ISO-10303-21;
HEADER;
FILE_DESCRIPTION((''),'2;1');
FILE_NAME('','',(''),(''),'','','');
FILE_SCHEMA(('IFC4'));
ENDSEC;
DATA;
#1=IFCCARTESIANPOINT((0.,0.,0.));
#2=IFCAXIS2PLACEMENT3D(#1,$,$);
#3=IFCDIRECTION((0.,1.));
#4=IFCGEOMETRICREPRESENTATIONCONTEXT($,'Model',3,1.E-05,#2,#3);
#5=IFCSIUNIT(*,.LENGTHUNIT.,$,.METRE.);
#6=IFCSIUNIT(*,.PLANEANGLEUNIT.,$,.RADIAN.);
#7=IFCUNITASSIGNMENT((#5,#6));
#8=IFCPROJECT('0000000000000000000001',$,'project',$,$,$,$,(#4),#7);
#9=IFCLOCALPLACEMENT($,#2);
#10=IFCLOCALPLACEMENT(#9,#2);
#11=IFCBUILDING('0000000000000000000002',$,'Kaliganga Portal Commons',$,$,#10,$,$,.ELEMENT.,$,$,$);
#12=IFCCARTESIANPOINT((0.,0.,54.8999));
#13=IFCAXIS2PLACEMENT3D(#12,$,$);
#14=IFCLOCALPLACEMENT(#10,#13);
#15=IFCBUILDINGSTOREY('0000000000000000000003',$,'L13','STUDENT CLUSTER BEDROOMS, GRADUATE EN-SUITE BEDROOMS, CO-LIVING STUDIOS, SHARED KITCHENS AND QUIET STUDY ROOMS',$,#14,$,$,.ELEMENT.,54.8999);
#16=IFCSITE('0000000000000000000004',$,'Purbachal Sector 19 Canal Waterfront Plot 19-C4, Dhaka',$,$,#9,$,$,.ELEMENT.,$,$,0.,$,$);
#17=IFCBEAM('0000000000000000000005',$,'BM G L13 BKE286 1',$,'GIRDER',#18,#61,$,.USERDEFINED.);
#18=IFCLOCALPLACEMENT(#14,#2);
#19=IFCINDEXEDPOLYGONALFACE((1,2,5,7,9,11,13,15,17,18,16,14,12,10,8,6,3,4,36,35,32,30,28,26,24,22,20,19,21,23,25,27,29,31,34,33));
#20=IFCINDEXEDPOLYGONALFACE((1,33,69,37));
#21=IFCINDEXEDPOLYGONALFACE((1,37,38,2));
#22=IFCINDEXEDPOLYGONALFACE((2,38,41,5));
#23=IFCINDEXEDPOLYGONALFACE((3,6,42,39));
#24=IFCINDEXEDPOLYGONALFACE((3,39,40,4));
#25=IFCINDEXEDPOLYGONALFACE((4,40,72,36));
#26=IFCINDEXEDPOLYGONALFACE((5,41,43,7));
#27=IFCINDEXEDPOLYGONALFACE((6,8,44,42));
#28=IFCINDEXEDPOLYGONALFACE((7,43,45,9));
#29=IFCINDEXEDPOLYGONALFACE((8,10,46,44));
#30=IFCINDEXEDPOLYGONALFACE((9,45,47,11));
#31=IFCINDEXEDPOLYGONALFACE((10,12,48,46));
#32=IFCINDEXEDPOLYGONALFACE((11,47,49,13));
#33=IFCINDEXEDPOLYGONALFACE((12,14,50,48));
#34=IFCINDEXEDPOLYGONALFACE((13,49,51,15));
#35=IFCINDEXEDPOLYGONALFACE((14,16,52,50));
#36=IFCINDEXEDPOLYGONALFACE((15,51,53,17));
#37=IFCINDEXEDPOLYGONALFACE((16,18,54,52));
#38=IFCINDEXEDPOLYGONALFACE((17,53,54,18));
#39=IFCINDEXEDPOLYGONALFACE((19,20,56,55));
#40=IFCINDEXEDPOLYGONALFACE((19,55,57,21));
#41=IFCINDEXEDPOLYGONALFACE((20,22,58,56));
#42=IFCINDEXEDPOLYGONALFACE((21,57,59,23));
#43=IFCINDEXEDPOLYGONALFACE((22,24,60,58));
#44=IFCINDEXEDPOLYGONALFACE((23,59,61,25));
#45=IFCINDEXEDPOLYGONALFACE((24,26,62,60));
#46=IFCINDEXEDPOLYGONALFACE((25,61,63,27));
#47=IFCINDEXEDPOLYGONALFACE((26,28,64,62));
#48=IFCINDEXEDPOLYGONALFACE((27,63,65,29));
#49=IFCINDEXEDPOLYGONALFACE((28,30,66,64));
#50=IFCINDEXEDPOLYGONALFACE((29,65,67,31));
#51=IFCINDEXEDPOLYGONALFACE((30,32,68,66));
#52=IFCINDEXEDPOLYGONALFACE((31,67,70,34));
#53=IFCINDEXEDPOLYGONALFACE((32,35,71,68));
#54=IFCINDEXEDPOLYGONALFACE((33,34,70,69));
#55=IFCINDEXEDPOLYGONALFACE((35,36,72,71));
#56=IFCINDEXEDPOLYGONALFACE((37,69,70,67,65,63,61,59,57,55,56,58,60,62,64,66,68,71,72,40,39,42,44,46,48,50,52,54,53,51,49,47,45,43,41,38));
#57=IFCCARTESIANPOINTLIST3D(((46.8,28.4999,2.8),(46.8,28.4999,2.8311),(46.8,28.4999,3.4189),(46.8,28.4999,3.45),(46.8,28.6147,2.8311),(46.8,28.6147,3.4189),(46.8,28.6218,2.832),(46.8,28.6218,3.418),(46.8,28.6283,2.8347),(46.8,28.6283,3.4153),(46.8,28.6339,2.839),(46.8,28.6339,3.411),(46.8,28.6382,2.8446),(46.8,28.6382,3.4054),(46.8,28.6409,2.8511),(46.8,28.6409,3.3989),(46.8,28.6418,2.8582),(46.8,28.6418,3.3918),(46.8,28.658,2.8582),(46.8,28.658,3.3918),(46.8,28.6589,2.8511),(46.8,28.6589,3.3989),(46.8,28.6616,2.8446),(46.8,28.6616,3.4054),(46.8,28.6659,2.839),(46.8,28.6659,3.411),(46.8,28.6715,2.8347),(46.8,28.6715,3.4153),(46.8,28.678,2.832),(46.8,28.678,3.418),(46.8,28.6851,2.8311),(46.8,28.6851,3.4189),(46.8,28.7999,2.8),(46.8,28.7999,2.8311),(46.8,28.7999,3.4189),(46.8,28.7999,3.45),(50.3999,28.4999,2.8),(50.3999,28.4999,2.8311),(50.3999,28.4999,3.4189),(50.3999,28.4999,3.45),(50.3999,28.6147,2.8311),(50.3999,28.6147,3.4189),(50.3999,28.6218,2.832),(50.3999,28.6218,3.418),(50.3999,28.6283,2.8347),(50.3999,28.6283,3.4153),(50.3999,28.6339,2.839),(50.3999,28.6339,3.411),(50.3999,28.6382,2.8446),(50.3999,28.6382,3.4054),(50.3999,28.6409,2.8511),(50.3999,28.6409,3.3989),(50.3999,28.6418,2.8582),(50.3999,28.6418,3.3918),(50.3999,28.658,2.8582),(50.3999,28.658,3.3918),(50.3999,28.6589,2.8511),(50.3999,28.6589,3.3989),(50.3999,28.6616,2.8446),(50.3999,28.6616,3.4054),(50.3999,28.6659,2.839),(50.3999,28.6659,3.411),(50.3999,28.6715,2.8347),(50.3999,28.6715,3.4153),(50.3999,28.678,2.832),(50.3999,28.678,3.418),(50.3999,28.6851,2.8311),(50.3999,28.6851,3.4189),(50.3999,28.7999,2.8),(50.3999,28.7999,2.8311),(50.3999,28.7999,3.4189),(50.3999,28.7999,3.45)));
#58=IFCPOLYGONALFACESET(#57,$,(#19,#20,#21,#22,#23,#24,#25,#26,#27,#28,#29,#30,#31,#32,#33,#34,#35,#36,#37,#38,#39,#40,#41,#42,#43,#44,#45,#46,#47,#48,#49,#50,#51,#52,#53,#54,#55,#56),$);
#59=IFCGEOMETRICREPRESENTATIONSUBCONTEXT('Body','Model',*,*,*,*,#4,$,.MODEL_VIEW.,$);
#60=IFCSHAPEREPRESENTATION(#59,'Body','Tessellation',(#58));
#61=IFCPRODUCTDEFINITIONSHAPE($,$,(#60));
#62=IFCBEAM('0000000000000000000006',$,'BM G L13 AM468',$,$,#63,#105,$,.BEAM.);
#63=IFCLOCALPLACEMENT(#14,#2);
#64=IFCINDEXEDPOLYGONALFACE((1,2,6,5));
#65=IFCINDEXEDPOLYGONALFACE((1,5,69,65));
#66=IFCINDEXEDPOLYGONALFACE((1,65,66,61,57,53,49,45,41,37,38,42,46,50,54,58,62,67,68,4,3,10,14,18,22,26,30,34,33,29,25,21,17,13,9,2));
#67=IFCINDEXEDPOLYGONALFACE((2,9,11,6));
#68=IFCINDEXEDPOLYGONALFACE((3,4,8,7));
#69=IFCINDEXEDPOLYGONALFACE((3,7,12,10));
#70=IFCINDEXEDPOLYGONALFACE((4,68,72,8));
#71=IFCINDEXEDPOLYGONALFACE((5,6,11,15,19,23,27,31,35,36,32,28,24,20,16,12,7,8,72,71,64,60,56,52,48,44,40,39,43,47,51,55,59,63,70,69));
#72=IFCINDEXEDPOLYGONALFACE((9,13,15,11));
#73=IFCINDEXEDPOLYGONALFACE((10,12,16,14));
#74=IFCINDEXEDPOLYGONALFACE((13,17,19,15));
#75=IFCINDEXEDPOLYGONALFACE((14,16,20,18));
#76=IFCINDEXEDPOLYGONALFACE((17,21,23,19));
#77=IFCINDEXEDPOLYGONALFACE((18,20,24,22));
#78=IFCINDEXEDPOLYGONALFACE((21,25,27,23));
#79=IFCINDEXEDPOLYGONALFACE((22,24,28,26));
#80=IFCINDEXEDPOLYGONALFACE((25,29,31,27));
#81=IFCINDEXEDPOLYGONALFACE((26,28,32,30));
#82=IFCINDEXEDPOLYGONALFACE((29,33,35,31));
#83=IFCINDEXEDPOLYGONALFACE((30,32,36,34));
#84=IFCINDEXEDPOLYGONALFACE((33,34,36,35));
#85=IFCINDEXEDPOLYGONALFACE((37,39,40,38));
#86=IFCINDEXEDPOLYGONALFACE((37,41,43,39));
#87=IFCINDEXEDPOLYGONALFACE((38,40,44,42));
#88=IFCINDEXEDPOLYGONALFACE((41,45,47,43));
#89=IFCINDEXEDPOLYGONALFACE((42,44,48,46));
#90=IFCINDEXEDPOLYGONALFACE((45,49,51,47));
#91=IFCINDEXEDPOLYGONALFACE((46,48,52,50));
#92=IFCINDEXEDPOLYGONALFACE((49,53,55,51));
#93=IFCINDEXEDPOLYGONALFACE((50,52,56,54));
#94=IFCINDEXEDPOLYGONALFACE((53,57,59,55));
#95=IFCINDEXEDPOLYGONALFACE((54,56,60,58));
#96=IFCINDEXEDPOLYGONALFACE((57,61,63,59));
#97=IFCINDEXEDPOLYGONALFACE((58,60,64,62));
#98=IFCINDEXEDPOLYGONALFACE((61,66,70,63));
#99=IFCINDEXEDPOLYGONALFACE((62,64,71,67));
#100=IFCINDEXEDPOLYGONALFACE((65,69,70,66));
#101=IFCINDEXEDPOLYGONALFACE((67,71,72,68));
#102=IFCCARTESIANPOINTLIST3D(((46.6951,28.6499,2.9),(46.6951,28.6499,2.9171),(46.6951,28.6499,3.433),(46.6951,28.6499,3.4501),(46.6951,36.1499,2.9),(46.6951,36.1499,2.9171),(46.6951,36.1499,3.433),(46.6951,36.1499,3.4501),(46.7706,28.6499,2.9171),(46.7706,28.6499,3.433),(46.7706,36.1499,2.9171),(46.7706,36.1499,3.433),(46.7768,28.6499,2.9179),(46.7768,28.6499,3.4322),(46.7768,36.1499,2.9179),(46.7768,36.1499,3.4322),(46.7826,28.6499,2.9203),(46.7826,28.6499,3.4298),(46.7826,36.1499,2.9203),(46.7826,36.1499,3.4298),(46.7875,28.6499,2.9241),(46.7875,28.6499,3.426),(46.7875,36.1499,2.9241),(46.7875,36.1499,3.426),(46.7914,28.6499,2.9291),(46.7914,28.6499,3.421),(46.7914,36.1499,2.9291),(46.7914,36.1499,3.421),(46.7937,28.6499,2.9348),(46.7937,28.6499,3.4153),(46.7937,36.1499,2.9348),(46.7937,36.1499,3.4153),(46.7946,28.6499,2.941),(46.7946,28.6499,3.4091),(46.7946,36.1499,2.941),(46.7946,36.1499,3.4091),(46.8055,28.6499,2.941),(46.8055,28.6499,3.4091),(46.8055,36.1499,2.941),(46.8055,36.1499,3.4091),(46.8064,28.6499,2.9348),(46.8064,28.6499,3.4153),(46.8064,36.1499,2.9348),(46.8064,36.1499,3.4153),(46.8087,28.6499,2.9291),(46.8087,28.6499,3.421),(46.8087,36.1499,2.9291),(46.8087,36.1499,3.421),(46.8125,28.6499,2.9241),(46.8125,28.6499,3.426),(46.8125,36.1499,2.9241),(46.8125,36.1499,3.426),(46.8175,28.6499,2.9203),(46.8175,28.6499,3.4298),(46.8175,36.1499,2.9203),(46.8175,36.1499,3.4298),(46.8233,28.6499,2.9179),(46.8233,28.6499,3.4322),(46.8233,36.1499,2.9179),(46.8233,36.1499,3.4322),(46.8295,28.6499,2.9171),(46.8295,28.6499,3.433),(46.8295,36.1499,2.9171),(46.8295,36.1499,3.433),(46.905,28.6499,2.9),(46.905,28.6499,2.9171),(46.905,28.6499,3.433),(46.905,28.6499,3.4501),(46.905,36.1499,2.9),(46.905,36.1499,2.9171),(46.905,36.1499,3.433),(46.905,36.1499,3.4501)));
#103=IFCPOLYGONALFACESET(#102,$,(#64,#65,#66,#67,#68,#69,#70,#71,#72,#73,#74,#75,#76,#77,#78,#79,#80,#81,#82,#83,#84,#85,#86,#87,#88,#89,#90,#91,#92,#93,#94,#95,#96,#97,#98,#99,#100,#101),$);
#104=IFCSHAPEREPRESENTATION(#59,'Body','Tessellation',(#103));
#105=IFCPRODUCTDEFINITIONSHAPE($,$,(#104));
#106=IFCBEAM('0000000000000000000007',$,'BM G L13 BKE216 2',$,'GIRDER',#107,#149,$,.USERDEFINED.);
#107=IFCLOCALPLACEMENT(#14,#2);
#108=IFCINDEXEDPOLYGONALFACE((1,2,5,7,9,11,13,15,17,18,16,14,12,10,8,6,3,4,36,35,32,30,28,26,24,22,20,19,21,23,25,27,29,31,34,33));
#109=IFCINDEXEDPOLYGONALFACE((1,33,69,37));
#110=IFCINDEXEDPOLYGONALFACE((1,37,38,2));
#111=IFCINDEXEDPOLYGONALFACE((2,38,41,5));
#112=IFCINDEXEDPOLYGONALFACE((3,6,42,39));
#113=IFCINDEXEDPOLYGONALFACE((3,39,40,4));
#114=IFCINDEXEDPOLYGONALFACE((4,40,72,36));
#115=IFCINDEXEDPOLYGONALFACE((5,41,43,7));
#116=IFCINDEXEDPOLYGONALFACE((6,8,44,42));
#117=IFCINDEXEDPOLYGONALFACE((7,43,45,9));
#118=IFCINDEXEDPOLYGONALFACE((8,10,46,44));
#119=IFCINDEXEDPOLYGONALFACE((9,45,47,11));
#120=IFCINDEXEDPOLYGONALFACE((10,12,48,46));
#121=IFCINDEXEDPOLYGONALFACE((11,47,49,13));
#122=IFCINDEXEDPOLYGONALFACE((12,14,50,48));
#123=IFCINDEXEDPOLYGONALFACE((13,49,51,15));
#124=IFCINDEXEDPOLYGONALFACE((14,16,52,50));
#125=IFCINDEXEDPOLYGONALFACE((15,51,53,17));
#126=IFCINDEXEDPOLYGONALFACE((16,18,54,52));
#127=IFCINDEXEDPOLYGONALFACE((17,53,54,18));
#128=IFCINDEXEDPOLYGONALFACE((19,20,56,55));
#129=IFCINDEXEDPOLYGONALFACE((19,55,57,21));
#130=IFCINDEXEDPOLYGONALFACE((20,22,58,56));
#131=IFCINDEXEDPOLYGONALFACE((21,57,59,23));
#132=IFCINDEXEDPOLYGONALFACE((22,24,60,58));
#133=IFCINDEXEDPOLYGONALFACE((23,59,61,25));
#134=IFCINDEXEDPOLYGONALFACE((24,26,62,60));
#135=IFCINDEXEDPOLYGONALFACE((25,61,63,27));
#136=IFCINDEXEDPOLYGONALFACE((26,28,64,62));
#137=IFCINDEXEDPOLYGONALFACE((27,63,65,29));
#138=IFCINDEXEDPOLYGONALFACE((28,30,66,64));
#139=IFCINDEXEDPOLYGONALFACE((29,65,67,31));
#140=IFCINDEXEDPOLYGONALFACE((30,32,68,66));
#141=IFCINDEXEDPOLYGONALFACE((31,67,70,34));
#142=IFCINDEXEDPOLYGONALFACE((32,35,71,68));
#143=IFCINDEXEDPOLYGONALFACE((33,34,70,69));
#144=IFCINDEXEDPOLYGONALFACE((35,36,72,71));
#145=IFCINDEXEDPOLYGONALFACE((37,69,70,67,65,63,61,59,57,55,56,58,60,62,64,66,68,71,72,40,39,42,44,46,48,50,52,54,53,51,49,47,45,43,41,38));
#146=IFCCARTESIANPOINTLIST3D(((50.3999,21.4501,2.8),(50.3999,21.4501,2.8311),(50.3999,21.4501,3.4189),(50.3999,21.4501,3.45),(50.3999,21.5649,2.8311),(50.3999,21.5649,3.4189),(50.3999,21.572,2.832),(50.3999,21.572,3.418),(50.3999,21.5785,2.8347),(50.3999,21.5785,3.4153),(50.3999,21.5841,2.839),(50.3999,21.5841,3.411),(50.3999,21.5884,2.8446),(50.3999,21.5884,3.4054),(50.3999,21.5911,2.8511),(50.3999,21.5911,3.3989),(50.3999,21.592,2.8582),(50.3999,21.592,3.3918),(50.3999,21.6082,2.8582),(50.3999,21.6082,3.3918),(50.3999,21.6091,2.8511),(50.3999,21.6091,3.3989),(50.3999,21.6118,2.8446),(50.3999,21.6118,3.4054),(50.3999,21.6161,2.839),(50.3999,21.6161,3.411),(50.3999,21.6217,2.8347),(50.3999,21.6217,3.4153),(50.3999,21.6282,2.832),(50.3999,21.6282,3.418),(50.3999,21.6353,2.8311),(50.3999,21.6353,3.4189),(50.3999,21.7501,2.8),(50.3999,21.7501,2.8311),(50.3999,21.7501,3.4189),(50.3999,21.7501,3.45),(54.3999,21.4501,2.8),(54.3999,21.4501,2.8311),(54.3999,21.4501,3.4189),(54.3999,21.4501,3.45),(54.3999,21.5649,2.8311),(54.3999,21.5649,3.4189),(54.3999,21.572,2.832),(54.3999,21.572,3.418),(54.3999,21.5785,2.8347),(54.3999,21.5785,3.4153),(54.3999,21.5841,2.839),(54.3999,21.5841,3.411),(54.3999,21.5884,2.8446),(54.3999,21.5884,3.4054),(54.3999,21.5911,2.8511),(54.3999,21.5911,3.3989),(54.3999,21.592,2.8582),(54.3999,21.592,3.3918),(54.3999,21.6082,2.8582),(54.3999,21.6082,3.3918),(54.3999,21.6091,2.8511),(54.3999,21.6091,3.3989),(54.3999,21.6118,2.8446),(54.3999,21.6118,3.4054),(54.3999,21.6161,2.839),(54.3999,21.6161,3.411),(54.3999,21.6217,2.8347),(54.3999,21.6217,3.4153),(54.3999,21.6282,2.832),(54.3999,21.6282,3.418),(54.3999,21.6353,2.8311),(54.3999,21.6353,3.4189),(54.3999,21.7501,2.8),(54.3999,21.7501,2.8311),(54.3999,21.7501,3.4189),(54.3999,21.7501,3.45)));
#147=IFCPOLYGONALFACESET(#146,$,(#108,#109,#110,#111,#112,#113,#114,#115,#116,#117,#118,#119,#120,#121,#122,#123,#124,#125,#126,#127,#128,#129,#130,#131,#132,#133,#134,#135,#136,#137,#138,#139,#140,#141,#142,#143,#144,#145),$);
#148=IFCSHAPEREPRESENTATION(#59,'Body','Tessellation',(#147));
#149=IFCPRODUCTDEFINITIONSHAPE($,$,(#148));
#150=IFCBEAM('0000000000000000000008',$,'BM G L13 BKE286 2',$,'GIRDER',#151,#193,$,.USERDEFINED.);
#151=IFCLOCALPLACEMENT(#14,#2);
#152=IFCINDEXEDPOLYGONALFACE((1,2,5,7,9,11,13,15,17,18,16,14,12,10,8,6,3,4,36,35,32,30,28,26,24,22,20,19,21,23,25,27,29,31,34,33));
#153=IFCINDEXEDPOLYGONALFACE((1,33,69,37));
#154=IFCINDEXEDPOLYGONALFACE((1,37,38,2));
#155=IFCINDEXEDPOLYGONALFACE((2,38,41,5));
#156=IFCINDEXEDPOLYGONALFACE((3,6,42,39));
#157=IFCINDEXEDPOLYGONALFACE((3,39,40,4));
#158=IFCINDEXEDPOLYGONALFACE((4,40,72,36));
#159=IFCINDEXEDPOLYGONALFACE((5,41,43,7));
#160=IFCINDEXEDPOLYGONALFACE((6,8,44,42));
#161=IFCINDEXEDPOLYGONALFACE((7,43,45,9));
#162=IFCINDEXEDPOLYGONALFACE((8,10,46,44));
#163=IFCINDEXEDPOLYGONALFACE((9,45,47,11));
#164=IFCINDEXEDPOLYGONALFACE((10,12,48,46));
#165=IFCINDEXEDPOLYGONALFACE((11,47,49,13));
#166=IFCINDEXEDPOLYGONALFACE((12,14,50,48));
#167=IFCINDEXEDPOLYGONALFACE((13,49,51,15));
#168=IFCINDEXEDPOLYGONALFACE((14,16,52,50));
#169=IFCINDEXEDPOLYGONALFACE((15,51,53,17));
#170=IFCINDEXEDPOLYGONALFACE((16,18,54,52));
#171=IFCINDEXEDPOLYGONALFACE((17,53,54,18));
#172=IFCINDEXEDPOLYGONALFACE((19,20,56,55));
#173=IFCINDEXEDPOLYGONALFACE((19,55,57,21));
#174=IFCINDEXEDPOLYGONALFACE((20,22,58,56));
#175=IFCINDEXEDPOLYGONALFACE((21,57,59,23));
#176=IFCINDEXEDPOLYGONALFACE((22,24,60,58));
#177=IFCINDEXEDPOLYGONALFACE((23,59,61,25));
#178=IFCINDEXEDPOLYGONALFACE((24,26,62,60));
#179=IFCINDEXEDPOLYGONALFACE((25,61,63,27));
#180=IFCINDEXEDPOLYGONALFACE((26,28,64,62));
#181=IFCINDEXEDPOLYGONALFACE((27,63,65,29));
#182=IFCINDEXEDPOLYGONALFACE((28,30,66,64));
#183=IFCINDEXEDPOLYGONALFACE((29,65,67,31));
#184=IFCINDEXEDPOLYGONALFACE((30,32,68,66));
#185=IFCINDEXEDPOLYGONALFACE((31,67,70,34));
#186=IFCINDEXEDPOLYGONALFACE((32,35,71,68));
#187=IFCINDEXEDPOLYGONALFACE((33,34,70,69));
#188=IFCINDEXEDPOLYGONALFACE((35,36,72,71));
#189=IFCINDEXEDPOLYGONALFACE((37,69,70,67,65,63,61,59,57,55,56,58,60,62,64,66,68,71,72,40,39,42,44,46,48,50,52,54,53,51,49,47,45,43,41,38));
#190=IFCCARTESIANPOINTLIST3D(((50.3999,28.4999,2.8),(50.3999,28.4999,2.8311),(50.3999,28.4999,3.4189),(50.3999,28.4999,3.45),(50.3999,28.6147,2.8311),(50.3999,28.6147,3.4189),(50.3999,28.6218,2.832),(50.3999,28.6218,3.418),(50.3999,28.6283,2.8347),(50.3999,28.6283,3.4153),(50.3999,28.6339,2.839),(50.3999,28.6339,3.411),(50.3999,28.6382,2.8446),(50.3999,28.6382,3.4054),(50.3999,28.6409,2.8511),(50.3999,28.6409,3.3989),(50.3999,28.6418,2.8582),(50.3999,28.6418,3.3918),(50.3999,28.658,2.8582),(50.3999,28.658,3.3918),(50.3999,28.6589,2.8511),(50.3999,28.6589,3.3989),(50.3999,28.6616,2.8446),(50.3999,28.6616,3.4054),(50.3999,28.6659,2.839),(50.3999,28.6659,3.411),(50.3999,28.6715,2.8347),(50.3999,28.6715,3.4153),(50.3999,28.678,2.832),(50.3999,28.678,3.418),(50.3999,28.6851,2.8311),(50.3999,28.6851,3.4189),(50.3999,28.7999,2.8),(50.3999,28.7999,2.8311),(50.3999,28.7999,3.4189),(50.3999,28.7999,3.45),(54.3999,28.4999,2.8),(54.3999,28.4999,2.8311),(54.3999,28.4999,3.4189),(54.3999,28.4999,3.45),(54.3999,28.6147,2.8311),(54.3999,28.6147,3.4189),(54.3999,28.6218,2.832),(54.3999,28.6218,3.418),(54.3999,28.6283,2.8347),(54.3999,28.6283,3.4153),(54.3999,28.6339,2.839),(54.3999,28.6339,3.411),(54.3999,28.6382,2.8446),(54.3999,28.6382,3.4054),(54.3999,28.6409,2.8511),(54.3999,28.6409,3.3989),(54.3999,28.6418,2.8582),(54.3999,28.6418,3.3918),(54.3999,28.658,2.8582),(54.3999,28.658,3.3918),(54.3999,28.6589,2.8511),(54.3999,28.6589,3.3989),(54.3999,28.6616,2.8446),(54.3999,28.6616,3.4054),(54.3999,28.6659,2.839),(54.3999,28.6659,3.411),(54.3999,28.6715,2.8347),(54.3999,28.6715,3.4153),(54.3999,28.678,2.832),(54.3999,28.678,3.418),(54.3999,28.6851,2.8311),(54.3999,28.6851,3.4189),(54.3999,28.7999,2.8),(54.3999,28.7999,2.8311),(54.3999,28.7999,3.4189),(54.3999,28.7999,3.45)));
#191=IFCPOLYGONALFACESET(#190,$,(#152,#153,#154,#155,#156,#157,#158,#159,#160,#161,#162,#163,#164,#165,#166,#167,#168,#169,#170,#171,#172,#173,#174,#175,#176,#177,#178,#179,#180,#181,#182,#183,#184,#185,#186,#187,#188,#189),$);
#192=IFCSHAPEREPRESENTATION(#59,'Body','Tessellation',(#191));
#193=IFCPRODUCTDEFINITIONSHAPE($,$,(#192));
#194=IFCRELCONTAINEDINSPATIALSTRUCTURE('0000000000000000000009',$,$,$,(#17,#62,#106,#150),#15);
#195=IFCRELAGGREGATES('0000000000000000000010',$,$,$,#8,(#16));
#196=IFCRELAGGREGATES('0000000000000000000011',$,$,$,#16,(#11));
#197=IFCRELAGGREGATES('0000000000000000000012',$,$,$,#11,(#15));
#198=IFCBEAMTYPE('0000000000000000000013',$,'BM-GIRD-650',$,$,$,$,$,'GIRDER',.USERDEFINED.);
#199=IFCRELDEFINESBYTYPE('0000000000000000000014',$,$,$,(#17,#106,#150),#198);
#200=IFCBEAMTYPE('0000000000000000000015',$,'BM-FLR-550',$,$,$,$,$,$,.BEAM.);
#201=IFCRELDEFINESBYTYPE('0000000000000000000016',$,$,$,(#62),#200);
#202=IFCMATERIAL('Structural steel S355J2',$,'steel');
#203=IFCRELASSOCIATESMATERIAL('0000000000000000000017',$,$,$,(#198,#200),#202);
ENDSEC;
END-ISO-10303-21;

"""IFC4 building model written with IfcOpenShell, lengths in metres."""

from ifc_helpers import new_model, si_unit, direction, frame, origin, origin_2d, place, context, subcontext, project, spatial, i_section, extrude, source, transform, mapped, material, material_profile, profile_set, type_object, element, save


model = new_model("IFC4")

# Units and contexts
model_context = context("Model", 3, precision=1e-05, world=origin(), true_north=direction((0.0, 1.0)))
body_context = subcontext(model_context, "Body", "Model", "MODEL_VIEW")
ifc_project = project(units=[si_unit("LENGTHUNIT", "METRE"), si_unit("PLANEANGLEUNIT", "RADIAN")], contexts=[model_context])

# Site, building, storey
site_placement = place(None, origin())
site = spatial("IfcSite", under=ifc_project, at=site_placement, Name="Purbachal Sector 19 Canal Waterfront Plot 19-C4, Dhaka", CompositionType="ELEMENT", RefElevation=0.0)
building_placement = place(site_placement, origin())
building = spatial("IfcBuilding", under=site, at=building_placement, Name="Kaliganga Portal Commons", CompositionType="ELEMENT")
storey_placement = place(building_placement, frame((0.0, 0.0, 54.8999)))
storey = spatial("IfcBuildingStorey", under=building, at=storey_placement, Name="L13", Description="STUDENT CLUSTER BEDROOMS, GRADUATE EN-SUITE BEDROOMS, CO-LIVING STUDIOS, SHARED KITCHENS AND QUIET STUDY ROOMS", CompositionType="ELEMENT", Elevation=54.8999)

# Beams
ifc_material_1 = material(Name="Structural steel S355J2", Category="steel")
ifc_material_profile_1 = material_profile(ifc_material_1, i_section(OverallWidth=0.3, OverallDepth=0.6499, WebThickness=0.0161, FlangeThickness=0.031, FilletRadius=0.0271, at=origin_2d()), Name="HE 650 B")
ifc_profile_set_1 = profile_set([ifc_material_profile_1], Name="Structural steel S355J2 wide-flange")
beam_type_1 = type_object("IfcBeamType", Name="BM-GIRD-650", ElementType="GIRDER", PredefinedType="USERDEFINED", material=ifc_profile_set_1)
shared_shape_1 = source(origin(), body_context, "Body", "SweptSolid", [
    extrude(i_section(OverallWidth=0.3, OverallDepth=0.6499, WebThickness=0.0161, FlangeThickness=0.031, FilletRadius=0.0271, at=origin_2d()), origin(), (0.0, 0.0, 1.0), 3.5999),
])
beam_1_placement = place(storey_placement, frame((46.8, 28.6499, 3.125), z_axis=(1.0, 0.0, 0.0), x_axis=(0.0, 1.0, 0.0)))
element("IfcBeam", 1, at=beam_1_placement, inside=storey, type_object=beam_type_1, Name="BM G L13 BKE286 1", ObjectType="GIRDER", PredefinedType="USERDEFINED", context=body_context, shape_type="MappedRepresentation", body=[
    mapped(shared_shape_1, transform((0.0, 0.0, 0.0), x_axis=(1.0, 0.0, 0.0), y_axis=(0.0, 1.0, 0.0), z_axis=(0.0, 0.0, 1.0), scale=1.0)),
])
ifc_material_profile_2 = material_profile(ifc_material_1, i_section(OverallWidth=0.21, OverallDepth=0.55, WebThickness=0.011, FlangeThickness=0.0171, FilletRadius=0.0239, at=origin_2d()), Name="IPE 550")
ifc_profile_set_2 = profile_set([ifc_material_profile_2], Name="Structural steel S355J2 wide-flange")
beam_type_2 = type_object("IfcBeamType", Name="BM-FLR-550", PredefinedType="BEAM", material=ifc_profile_set_2)
shared_shape_2 = source(origin(), body_context, "Body", "SweptSolid", [
    extrude(i_section(OverallWidth=0.21, OverallDepth=0.55, WebThickness=0.011, FlangeThickness=0.0171, FilletRadius=0.0239, at=origin_2d()), origin(), (0.0, 0.0, 1.0), 7.5),
])
beam_2_placement = place(storey_placement, frame((46.8, 28.6499, 3.175), z_axis=(0.0, 1.0, 0.0), x_axis=(-1.0, 0.0, 0.0)))
element("IfcBeam", 2, at=beam_2_placement, inside=storey, type_object=beam_type_2, Name="BM G L13 AM468", PredefinedType="BEAM", context=body_context, shape_type="MappedRepresentation", body=[
    mapped(shared_shape_2, transform((0.0, 0.0, 0.0), x_axis=(1.0, 0.0, 0.0), y_axis=(0.0, 1.0, 0.0), z_axis=(0.0, 0.0, 1.0), scale=1.0)),
])
shared_shape_3 = source(origin(), body_context, "Body", "SweptSolid", [
    extrude(i_section(OverallWidth=0.3, OverallDepth=0.6499, WebThickness=0.0161, FlangeThickness=0.031, FilletRadius=0.0271, at=origin_2d()), origin(), (0.0, 0.0, 1.0), 4.0),
])
for number, where, z_axis, x_axis, name in (
    (3, (50.3999, 21.6001, 3.125), (1.0, 0.0, 0.0), (0.0, 1.0, 0.0), "BM G L13 BKE216 2"),
    (4, (50.3999, 28.6499, 3.125), (1.0, 0.0, 0.0), (0.0, 1.0, 0.0), "BM G L13 BKE286 2"),
):
    element("IfcBeam", number, at=place(storey_placement, frame(where, z_axis=z_axis, x_axis=x_axis)), inside=storey, type_object=beam_type_1, Name=name, ObjectType="GIRDER", PredefinedType="USERDEFINED", context=body_context, shape_type="MappedRepresentation", body=[
        mapped(shared_shape_3, transform((0.0, 0.0, 0.0), x_axis=(1.0, 0.0, 0.0), y_axis=(0.0, 1.0, 0.0), z_axis=(0.0, 0.0, 1.0), scale=1.0)),
    ])

save(model, "model.ifc")
